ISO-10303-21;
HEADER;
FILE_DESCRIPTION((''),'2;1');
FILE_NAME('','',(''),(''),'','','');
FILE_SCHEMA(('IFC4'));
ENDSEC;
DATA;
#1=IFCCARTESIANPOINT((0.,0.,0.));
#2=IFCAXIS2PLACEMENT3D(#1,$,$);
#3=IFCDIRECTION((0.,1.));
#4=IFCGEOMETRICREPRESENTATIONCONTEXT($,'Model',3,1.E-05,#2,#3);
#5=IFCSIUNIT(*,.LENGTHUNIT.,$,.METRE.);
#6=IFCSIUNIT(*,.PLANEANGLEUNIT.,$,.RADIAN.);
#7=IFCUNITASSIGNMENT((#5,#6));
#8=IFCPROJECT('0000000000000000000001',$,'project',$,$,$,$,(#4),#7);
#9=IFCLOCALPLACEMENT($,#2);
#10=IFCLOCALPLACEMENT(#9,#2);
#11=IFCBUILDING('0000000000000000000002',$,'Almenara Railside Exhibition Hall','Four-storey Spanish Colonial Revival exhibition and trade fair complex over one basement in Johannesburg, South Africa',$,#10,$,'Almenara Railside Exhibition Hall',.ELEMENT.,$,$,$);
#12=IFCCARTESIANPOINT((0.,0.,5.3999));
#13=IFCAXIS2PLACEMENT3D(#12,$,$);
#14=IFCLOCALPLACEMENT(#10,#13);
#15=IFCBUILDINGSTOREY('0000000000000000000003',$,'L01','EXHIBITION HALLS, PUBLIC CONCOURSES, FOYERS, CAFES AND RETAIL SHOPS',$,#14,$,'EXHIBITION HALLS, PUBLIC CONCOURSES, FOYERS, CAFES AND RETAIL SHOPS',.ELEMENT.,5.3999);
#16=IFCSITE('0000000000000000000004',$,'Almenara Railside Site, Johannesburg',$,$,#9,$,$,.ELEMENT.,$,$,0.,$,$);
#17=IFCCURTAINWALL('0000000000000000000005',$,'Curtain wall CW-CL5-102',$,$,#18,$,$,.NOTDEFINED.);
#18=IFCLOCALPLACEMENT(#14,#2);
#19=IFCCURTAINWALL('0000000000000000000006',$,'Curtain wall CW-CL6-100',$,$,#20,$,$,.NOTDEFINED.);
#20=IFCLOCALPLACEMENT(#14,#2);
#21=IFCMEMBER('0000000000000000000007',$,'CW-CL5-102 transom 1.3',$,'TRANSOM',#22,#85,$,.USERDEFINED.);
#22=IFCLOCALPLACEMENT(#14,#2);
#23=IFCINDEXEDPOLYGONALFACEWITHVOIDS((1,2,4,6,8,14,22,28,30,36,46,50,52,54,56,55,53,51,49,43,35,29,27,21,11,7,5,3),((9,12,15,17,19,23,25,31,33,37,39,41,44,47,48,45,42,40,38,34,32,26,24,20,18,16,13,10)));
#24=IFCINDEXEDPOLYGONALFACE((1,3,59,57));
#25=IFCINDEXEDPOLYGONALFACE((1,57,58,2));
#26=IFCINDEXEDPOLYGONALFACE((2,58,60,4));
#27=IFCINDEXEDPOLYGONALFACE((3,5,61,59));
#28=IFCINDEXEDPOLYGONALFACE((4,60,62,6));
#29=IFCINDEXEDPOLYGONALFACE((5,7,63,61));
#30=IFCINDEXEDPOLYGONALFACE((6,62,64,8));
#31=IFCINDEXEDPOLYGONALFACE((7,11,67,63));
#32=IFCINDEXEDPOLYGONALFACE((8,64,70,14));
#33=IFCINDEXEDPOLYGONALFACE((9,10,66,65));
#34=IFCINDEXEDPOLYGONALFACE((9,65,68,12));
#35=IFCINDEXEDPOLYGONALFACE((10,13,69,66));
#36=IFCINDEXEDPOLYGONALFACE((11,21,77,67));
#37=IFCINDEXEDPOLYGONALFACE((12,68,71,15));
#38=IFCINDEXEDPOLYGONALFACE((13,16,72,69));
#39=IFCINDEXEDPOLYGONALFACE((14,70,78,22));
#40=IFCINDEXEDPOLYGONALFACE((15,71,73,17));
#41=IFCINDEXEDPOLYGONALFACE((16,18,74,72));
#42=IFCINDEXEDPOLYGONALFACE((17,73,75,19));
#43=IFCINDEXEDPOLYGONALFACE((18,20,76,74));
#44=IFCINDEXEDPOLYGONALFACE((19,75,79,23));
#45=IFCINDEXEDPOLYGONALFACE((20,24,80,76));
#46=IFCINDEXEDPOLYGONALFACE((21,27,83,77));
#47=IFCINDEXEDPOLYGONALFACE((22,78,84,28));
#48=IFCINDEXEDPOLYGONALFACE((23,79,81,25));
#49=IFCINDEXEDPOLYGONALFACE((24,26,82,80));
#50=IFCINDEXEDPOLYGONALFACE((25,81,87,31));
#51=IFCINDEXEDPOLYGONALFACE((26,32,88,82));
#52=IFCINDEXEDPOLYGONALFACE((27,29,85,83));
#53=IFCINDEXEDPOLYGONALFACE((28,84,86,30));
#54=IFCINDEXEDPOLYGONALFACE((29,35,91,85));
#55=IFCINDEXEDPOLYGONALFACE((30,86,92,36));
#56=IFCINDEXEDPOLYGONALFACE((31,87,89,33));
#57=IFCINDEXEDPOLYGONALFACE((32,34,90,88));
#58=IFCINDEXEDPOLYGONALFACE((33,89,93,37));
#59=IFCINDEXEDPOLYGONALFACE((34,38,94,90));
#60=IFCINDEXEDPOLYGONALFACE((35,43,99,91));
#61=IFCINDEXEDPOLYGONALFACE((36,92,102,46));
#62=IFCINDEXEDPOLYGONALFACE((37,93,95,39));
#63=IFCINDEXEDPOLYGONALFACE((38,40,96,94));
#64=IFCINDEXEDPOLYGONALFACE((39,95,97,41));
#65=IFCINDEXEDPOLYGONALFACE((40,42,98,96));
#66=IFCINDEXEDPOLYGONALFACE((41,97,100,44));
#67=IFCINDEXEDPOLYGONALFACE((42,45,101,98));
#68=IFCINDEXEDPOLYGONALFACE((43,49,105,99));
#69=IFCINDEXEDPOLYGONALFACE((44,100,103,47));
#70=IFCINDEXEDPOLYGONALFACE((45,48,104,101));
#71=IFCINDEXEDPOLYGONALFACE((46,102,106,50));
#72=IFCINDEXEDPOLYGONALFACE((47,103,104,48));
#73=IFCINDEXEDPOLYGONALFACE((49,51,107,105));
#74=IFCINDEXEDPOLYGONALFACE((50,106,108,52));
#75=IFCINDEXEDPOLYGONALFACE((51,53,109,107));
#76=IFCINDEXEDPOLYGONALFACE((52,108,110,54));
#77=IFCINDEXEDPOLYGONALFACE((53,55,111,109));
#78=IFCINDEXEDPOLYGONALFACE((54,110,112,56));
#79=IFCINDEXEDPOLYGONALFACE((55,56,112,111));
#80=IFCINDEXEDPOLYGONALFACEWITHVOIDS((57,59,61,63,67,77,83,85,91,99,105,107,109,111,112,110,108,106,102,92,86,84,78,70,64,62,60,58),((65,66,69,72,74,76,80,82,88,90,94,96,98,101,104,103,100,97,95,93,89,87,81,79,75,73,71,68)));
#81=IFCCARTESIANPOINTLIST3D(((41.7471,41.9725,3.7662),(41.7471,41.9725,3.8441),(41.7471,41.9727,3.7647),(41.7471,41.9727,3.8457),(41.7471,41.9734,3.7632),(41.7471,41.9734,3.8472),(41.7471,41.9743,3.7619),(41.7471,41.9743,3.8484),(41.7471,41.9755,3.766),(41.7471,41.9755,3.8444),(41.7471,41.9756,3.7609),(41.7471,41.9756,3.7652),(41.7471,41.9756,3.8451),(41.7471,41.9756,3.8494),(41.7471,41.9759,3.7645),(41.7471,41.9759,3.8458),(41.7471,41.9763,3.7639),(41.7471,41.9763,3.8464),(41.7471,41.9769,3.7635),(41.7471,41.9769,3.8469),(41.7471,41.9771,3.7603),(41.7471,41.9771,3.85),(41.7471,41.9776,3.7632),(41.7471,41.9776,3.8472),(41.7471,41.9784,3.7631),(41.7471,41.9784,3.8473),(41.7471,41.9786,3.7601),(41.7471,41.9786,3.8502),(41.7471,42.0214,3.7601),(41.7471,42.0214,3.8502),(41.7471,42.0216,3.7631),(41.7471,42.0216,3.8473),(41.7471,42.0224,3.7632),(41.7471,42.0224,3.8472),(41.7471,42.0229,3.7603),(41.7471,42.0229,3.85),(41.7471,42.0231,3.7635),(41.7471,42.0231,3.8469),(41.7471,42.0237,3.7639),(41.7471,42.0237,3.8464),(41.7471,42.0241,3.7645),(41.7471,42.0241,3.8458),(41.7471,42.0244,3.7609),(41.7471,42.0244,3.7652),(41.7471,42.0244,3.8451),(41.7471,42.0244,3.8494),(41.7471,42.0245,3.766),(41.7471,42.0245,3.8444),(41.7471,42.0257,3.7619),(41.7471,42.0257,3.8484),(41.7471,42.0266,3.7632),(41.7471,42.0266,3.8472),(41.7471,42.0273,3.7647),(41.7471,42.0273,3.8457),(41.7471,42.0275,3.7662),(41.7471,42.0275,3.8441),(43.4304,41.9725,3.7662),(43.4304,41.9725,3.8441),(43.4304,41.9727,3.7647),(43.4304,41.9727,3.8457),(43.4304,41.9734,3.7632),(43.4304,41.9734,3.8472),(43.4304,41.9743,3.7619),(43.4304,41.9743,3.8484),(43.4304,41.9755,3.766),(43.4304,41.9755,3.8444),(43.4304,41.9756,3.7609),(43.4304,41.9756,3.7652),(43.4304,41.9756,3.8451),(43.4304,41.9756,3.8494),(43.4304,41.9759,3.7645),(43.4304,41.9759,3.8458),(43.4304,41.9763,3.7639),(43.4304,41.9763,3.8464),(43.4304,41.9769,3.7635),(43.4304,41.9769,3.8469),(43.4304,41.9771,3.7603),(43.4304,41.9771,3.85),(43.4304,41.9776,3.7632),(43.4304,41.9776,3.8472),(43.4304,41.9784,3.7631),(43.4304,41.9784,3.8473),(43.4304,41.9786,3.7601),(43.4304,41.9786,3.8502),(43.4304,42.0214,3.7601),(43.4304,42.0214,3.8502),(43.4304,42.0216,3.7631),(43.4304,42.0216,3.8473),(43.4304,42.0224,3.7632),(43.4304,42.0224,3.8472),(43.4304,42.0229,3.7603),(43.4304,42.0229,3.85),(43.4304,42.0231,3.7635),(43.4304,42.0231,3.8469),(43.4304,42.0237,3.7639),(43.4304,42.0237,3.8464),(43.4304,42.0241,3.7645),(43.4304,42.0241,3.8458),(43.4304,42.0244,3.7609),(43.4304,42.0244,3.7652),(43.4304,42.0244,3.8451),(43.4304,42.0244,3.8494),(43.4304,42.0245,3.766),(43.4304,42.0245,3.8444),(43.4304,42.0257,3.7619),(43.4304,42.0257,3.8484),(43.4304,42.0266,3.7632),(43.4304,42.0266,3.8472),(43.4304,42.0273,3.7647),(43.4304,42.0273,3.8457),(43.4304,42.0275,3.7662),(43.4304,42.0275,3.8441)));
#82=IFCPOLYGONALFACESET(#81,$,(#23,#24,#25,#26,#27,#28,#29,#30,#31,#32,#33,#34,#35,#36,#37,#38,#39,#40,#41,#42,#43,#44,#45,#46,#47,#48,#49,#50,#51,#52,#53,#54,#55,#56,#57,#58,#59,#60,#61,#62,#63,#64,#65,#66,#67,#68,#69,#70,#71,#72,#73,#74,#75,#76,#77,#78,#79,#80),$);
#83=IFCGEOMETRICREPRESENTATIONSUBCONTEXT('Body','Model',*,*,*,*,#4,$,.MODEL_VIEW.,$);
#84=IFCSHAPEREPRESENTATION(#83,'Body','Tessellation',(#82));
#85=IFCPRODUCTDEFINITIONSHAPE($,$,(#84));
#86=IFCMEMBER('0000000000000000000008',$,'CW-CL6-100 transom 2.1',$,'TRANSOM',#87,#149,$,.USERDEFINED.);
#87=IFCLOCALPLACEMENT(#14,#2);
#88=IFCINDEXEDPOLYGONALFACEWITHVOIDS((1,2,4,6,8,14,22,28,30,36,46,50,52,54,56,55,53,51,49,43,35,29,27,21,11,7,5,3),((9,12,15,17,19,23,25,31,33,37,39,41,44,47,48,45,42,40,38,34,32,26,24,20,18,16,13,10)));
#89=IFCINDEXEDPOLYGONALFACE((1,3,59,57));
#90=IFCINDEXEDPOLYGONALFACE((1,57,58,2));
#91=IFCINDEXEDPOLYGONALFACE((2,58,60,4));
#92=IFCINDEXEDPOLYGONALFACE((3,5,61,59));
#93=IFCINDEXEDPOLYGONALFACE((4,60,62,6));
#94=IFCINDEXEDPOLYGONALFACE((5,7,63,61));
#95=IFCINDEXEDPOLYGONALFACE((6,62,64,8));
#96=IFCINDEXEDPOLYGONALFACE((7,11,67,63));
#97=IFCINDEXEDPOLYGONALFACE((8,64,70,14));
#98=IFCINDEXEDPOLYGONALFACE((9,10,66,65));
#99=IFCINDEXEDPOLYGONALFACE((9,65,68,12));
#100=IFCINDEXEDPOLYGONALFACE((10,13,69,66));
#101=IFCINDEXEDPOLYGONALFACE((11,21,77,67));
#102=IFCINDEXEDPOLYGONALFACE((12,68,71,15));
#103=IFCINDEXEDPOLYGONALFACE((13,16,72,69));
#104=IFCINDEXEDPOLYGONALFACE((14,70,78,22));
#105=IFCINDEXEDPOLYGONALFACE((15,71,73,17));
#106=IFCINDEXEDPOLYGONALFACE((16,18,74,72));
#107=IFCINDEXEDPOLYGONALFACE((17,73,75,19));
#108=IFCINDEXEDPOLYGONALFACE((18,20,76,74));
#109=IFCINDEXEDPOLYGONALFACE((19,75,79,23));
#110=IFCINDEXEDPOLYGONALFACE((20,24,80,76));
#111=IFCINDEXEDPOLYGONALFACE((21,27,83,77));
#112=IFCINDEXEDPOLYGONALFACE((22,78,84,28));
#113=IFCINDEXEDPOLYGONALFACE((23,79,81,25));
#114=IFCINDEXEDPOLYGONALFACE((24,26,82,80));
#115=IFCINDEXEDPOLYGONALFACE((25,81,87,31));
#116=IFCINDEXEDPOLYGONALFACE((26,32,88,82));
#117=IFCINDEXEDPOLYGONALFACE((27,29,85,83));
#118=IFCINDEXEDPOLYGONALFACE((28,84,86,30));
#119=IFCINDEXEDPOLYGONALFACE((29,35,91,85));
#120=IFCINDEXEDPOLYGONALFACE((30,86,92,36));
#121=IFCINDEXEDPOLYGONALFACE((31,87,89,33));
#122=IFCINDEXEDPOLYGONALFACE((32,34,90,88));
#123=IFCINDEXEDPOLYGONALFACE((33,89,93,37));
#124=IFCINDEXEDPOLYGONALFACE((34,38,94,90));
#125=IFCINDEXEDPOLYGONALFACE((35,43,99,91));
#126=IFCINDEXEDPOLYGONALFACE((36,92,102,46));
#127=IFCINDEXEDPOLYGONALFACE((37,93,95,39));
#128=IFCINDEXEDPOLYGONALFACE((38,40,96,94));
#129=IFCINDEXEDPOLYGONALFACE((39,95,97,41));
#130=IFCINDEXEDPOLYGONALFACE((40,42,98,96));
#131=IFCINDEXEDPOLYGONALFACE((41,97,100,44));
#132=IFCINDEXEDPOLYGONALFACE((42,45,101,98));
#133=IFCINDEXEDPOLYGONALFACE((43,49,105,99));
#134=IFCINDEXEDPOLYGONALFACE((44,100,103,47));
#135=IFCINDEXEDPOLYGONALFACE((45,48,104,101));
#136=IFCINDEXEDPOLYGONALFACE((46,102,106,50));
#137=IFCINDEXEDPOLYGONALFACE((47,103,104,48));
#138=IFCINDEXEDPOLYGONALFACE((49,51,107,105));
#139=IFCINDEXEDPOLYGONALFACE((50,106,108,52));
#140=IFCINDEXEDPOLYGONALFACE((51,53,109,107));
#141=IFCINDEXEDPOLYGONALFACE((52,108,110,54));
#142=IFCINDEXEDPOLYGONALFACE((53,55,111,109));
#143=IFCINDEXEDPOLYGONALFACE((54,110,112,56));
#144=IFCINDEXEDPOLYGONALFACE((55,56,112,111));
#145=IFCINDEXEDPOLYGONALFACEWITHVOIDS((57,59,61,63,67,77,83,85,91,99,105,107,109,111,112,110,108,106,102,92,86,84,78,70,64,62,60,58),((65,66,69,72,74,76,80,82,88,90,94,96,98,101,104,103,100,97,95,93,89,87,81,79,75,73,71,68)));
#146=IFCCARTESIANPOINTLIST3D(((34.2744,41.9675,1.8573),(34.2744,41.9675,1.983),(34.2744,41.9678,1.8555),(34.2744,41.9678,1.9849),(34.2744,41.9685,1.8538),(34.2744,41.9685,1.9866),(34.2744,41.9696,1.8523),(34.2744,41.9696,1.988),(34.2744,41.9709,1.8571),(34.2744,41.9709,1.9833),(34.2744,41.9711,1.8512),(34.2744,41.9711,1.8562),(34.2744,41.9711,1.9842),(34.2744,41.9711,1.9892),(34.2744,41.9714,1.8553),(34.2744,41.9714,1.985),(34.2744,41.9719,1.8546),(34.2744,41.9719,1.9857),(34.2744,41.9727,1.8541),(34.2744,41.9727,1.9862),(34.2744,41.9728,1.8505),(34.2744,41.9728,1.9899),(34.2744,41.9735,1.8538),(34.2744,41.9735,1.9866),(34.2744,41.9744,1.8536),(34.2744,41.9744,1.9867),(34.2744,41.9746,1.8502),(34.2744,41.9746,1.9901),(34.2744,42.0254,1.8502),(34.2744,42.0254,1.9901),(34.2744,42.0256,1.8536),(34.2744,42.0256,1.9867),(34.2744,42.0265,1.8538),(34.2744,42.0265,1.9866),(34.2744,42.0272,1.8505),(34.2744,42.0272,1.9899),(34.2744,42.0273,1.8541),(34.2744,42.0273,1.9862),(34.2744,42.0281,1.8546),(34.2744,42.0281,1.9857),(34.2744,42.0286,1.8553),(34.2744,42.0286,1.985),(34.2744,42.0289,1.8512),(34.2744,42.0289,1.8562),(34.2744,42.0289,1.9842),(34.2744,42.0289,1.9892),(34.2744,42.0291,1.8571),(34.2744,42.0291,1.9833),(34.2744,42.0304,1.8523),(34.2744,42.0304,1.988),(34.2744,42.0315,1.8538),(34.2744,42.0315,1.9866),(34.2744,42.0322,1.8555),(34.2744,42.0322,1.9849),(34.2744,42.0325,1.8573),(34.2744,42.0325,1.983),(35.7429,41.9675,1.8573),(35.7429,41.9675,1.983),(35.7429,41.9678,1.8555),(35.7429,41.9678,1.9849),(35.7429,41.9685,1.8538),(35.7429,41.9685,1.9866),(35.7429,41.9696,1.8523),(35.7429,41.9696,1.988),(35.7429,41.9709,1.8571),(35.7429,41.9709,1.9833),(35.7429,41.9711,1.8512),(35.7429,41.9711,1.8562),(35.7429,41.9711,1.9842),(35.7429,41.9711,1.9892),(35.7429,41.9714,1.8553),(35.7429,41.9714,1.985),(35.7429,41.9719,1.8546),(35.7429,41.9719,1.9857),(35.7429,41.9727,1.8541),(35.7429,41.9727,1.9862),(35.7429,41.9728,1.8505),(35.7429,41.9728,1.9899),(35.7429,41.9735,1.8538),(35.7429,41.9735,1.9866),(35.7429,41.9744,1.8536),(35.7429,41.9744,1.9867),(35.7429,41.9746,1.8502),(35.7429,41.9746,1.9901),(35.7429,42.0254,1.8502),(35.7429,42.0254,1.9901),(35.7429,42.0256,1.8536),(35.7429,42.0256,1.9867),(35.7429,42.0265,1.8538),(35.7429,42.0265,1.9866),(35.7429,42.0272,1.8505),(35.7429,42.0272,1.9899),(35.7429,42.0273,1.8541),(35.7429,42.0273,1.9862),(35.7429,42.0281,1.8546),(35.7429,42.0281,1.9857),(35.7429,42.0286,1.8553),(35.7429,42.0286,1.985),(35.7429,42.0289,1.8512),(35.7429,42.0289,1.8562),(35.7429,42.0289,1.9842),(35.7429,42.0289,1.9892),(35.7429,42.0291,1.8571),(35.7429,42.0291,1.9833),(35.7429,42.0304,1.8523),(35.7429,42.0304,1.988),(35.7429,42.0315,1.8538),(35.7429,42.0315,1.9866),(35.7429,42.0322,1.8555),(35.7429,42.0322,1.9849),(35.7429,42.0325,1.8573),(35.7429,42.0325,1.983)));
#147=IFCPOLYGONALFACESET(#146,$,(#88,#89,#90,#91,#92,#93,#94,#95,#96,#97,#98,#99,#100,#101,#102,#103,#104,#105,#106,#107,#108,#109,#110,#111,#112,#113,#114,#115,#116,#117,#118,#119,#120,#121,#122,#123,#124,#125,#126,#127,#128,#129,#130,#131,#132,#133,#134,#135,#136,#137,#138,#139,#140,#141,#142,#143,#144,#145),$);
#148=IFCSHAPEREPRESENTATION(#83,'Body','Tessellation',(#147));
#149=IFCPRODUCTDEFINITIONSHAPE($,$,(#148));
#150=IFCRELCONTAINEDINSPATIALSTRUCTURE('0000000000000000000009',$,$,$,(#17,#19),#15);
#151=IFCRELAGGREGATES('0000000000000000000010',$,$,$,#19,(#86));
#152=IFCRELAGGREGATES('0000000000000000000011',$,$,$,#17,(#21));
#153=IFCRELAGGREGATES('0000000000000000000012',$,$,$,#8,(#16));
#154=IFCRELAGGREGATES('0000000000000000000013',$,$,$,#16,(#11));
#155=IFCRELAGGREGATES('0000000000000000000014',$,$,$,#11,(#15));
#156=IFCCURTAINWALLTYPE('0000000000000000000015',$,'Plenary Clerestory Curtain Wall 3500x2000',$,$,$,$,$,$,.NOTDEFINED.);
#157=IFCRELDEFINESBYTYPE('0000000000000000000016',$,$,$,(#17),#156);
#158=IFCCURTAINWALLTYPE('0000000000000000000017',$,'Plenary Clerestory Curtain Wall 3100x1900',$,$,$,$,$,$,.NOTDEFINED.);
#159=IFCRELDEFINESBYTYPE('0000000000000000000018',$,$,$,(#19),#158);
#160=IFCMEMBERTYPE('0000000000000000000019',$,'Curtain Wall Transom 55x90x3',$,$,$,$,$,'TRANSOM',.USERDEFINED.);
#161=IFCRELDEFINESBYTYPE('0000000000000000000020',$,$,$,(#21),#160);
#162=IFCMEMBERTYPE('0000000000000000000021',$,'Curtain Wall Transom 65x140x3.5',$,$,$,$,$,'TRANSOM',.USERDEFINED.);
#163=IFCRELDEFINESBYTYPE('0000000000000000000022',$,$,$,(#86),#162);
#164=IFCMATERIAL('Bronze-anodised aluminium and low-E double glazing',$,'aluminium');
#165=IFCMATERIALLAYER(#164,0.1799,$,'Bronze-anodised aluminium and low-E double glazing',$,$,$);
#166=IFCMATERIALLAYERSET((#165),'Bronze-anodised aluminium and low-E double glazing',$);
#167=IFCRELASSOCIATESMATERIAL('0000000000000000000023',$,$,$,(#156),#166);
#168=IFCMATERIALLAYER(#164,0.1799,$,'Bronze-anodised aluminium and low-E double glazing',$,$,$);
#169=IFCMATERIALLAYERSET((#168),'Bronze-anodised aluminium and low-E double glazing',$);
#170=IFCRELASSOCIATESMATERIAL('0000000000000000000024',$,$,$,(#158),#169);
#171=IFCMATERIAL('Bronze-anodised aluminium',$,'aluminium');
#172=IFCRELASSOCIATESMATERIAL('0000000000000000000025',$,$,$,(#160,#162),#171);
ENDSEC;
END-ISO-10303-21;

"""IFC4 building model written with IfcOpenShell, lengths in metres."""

from ifc_helpers import new_model, si_unit, direction, frame, origin, origin_2d, place, context, subcontext, project, spatial, hollow_rectangle, extrude, material, layer, layer_set, material_profile, profile_set, type_object, element, aggregate, save


model = new_model("IFC4")

# Units and contexts
model_context = context("Model", 3, precision=1e-05, world=origin(), true_north=direction((0.0, 1.0)))
body_context = subcontext(model_context, "Body", "Model", "MODEL_VIEW")
ifc_project = project(units=[si_unit("LENGTHUNIT", "METRE"), si_unit("PLANEANGLEUNIT", "RADIAN")], contexts=[model_context])

# Site, building, storey
site_placement = place(None, origin())
site = spatial("IfcSite", under=ifc_project, at=site_placement, Name="Almenara Railside Site, Johannesburg", CompositionType="ELEMENT", RefElevation=0.0)
building_placement = place(site_placement, origin())
building = spatial("IfcBuilding", under=site, at=building_placement, Name="Almenara Railside Exhibition Hall", Description="Four-storey Spanish Colonial Revival exhibition and trade fair complex over one basement in Johannesburg, South Africa", LongName="Almenara Railside Exhibition Hall", CompositionType="ELEMENT")
storey_placement = place(building_placement, frame((0.0, 0.0, 5.3999)))
storey = spatial("IfcBuildingStorey", under=building, at=storey_placement, Name="L01", Description="EXHIBITION HALLS, PUBLIC CONCOURSES, FOYERS, CAFES AND RETAIL SHOPS", LongName="EXHIBITION HALLS, PUBLIC CONCOURSES, FOYERS, CAFES AND RETAIL SHOPS", CompositionType="ELEMENT", Elevation=5.3999)

# Curtain walls
ifc_material_1 = material(Name="Bronze-anodised aluminium and low-E double glazing", Category="aluminium")
ifc_layer_1 = layer(ifc_material_1, 0.1799, Name="Bronze-anodised aluminium and low-E double glazing")
ifc_layer_set_1 = layer_set([ifc_layer_1], Name="Bronze-anodised aluminium and low-E double glazing")
curtain_wall_type_1 = type_object("IfcCurtainWallType", Name="Plenary Clerestory Curtain Wall 3500x2000", PredefinedType="NOTDEFINED", material=ifc_layer_set_1)
curtain_wall_1_placement = place(storey_placement, origin())
curtain_wall_1 = element("IfcCurtainWall", 1, at=curtain_wall_1_placement, inside=storey, type_object=curtain_wall_type_1, Name="Curtain wall CW-CL5-102", PredefinedType="NOTDEFINED")
ifc_material_2 = material(Name="Bronze-anodised aluminium", Category="aluminium")
ifc_layer_2 = layer(ifc_material_1, 0.1799, Name="Bronze-anodised aluminium and low-E double glazing")
ifc_layer_set_2 = layer_set([ifc_layer_2], Name="Bronze-anodised aluminium and low-E double glazing")
curtain_wall_type_2 = type_object("IfcCurtainWallType", Name="Plenary Clerestory Curtain Wall 3100x1900", PredefinedType="NOTDEFINED", material=ifc_layer_set_2)
curtain_wall_2_placement = place(storey_placement, origin())
curtain_wall_2 = element("IfcCurtainWall", 2, at=curtain_wall_2_placement, inside=storey, type_object=curtain_wall_type_2, Name="Curtain wall CW-CL6-100", PredefinedType="NOTDEFINED")

# Members
ifc_material_profile_1 = material_profile(ifc_material_2, hollow_rectangle(XDim=0.0549, YDim=0.0901, WallThickness=0.0029, InnerFilletRadius=0.0029, OuterFilletRadius=0.0061, at=origin_2d()), Name="ALU-TRN 55x90x3")
ifc_profile_set_1 = profile_set([ifc_material_profile_1], Name="Bronze-anodised aluminium")
member_type_1 = type_object("IfcMemberType", Name="Curtain Wall Transom 55x90x3", ElementType="TRANSOM", PredefinedType="USERDEFINED", material=ifc_profile_set_1)
member_1_placement = place(storey_placement, frame((41.7471, 42.0, 3.8052), z_axis=(1.0, 0.0, 0.0), x_axis=(0.0, 1.0, 0.0)))
member_1 = element("IfcMember", 3, at=member_1_placement, type_object=member_type_1, Name="CW-CL5-102 transom 1.3", ObjectType="TRANSOM", PredefinedType="USERDEFINED", context=body_context, shape_type="SweptSolid", body=[
    extrude(hollow_rectangle(XDim=0.0549, YDim=0.0901, WallThickness=0.0029, InnerFilletRadius=0.0029, OuterFilletRadius=0.0061, at=origin_2d()), origin(), (0.0, 0.0, 1.0), 1.6833),
])
ifc_material_profile_2 = material_profile(ifc_material_2, hollow_rectangle(XDim=0.0649, YDim=0.1399, WallThickness=0.0034, InnerFilletRadius=0.0034, OuterFilletRadius=0.0071, at=origin_2d()), Name="ALU-TRN 65x140x3.5")
ifc_profile_set_2 = profile_set([ifc_material_profile_2], Name="Bronze-anodised aluminium")
member_type_2 = type_object("IfcMemberType", Name="Curtain Wall Transom 65x140x3.5", ElementType="TRANSOM", PredefinedType="USERDEFINED", material=ifc_profile_set_2)
member_2_placement = place(storey_placement, frame((34.2744, 42.0, 1.9202), z_axis=(1.0, 0.0, 0.0), x_axis=(0.0, 1.0, 0.0)))
member_2 = element("IfcMember", 4, at=member_2_placement, type_object=member_type_2, Name="CW-CL6-100 transom 2.1", ObjectType="TRANSOM", PredefinedType="USERDEFINED", context=body_context, shape_type="SweptSolid", body=[
    extrude(hollow_rectangle(XDim=0.0649, YDim=0.1399, WallThickness=0.0034, InnerFilletRadius=0.0034, OuterFilletRadius=0.0071, at=origin_2d()), origin(), (0.0, 0.0, 1.0), 1.4685),
])

aggregate(curtain_wall_2, [member_2])
aggregate(curtain_wall_1, [member_1])

save(model, "model.ifc")
